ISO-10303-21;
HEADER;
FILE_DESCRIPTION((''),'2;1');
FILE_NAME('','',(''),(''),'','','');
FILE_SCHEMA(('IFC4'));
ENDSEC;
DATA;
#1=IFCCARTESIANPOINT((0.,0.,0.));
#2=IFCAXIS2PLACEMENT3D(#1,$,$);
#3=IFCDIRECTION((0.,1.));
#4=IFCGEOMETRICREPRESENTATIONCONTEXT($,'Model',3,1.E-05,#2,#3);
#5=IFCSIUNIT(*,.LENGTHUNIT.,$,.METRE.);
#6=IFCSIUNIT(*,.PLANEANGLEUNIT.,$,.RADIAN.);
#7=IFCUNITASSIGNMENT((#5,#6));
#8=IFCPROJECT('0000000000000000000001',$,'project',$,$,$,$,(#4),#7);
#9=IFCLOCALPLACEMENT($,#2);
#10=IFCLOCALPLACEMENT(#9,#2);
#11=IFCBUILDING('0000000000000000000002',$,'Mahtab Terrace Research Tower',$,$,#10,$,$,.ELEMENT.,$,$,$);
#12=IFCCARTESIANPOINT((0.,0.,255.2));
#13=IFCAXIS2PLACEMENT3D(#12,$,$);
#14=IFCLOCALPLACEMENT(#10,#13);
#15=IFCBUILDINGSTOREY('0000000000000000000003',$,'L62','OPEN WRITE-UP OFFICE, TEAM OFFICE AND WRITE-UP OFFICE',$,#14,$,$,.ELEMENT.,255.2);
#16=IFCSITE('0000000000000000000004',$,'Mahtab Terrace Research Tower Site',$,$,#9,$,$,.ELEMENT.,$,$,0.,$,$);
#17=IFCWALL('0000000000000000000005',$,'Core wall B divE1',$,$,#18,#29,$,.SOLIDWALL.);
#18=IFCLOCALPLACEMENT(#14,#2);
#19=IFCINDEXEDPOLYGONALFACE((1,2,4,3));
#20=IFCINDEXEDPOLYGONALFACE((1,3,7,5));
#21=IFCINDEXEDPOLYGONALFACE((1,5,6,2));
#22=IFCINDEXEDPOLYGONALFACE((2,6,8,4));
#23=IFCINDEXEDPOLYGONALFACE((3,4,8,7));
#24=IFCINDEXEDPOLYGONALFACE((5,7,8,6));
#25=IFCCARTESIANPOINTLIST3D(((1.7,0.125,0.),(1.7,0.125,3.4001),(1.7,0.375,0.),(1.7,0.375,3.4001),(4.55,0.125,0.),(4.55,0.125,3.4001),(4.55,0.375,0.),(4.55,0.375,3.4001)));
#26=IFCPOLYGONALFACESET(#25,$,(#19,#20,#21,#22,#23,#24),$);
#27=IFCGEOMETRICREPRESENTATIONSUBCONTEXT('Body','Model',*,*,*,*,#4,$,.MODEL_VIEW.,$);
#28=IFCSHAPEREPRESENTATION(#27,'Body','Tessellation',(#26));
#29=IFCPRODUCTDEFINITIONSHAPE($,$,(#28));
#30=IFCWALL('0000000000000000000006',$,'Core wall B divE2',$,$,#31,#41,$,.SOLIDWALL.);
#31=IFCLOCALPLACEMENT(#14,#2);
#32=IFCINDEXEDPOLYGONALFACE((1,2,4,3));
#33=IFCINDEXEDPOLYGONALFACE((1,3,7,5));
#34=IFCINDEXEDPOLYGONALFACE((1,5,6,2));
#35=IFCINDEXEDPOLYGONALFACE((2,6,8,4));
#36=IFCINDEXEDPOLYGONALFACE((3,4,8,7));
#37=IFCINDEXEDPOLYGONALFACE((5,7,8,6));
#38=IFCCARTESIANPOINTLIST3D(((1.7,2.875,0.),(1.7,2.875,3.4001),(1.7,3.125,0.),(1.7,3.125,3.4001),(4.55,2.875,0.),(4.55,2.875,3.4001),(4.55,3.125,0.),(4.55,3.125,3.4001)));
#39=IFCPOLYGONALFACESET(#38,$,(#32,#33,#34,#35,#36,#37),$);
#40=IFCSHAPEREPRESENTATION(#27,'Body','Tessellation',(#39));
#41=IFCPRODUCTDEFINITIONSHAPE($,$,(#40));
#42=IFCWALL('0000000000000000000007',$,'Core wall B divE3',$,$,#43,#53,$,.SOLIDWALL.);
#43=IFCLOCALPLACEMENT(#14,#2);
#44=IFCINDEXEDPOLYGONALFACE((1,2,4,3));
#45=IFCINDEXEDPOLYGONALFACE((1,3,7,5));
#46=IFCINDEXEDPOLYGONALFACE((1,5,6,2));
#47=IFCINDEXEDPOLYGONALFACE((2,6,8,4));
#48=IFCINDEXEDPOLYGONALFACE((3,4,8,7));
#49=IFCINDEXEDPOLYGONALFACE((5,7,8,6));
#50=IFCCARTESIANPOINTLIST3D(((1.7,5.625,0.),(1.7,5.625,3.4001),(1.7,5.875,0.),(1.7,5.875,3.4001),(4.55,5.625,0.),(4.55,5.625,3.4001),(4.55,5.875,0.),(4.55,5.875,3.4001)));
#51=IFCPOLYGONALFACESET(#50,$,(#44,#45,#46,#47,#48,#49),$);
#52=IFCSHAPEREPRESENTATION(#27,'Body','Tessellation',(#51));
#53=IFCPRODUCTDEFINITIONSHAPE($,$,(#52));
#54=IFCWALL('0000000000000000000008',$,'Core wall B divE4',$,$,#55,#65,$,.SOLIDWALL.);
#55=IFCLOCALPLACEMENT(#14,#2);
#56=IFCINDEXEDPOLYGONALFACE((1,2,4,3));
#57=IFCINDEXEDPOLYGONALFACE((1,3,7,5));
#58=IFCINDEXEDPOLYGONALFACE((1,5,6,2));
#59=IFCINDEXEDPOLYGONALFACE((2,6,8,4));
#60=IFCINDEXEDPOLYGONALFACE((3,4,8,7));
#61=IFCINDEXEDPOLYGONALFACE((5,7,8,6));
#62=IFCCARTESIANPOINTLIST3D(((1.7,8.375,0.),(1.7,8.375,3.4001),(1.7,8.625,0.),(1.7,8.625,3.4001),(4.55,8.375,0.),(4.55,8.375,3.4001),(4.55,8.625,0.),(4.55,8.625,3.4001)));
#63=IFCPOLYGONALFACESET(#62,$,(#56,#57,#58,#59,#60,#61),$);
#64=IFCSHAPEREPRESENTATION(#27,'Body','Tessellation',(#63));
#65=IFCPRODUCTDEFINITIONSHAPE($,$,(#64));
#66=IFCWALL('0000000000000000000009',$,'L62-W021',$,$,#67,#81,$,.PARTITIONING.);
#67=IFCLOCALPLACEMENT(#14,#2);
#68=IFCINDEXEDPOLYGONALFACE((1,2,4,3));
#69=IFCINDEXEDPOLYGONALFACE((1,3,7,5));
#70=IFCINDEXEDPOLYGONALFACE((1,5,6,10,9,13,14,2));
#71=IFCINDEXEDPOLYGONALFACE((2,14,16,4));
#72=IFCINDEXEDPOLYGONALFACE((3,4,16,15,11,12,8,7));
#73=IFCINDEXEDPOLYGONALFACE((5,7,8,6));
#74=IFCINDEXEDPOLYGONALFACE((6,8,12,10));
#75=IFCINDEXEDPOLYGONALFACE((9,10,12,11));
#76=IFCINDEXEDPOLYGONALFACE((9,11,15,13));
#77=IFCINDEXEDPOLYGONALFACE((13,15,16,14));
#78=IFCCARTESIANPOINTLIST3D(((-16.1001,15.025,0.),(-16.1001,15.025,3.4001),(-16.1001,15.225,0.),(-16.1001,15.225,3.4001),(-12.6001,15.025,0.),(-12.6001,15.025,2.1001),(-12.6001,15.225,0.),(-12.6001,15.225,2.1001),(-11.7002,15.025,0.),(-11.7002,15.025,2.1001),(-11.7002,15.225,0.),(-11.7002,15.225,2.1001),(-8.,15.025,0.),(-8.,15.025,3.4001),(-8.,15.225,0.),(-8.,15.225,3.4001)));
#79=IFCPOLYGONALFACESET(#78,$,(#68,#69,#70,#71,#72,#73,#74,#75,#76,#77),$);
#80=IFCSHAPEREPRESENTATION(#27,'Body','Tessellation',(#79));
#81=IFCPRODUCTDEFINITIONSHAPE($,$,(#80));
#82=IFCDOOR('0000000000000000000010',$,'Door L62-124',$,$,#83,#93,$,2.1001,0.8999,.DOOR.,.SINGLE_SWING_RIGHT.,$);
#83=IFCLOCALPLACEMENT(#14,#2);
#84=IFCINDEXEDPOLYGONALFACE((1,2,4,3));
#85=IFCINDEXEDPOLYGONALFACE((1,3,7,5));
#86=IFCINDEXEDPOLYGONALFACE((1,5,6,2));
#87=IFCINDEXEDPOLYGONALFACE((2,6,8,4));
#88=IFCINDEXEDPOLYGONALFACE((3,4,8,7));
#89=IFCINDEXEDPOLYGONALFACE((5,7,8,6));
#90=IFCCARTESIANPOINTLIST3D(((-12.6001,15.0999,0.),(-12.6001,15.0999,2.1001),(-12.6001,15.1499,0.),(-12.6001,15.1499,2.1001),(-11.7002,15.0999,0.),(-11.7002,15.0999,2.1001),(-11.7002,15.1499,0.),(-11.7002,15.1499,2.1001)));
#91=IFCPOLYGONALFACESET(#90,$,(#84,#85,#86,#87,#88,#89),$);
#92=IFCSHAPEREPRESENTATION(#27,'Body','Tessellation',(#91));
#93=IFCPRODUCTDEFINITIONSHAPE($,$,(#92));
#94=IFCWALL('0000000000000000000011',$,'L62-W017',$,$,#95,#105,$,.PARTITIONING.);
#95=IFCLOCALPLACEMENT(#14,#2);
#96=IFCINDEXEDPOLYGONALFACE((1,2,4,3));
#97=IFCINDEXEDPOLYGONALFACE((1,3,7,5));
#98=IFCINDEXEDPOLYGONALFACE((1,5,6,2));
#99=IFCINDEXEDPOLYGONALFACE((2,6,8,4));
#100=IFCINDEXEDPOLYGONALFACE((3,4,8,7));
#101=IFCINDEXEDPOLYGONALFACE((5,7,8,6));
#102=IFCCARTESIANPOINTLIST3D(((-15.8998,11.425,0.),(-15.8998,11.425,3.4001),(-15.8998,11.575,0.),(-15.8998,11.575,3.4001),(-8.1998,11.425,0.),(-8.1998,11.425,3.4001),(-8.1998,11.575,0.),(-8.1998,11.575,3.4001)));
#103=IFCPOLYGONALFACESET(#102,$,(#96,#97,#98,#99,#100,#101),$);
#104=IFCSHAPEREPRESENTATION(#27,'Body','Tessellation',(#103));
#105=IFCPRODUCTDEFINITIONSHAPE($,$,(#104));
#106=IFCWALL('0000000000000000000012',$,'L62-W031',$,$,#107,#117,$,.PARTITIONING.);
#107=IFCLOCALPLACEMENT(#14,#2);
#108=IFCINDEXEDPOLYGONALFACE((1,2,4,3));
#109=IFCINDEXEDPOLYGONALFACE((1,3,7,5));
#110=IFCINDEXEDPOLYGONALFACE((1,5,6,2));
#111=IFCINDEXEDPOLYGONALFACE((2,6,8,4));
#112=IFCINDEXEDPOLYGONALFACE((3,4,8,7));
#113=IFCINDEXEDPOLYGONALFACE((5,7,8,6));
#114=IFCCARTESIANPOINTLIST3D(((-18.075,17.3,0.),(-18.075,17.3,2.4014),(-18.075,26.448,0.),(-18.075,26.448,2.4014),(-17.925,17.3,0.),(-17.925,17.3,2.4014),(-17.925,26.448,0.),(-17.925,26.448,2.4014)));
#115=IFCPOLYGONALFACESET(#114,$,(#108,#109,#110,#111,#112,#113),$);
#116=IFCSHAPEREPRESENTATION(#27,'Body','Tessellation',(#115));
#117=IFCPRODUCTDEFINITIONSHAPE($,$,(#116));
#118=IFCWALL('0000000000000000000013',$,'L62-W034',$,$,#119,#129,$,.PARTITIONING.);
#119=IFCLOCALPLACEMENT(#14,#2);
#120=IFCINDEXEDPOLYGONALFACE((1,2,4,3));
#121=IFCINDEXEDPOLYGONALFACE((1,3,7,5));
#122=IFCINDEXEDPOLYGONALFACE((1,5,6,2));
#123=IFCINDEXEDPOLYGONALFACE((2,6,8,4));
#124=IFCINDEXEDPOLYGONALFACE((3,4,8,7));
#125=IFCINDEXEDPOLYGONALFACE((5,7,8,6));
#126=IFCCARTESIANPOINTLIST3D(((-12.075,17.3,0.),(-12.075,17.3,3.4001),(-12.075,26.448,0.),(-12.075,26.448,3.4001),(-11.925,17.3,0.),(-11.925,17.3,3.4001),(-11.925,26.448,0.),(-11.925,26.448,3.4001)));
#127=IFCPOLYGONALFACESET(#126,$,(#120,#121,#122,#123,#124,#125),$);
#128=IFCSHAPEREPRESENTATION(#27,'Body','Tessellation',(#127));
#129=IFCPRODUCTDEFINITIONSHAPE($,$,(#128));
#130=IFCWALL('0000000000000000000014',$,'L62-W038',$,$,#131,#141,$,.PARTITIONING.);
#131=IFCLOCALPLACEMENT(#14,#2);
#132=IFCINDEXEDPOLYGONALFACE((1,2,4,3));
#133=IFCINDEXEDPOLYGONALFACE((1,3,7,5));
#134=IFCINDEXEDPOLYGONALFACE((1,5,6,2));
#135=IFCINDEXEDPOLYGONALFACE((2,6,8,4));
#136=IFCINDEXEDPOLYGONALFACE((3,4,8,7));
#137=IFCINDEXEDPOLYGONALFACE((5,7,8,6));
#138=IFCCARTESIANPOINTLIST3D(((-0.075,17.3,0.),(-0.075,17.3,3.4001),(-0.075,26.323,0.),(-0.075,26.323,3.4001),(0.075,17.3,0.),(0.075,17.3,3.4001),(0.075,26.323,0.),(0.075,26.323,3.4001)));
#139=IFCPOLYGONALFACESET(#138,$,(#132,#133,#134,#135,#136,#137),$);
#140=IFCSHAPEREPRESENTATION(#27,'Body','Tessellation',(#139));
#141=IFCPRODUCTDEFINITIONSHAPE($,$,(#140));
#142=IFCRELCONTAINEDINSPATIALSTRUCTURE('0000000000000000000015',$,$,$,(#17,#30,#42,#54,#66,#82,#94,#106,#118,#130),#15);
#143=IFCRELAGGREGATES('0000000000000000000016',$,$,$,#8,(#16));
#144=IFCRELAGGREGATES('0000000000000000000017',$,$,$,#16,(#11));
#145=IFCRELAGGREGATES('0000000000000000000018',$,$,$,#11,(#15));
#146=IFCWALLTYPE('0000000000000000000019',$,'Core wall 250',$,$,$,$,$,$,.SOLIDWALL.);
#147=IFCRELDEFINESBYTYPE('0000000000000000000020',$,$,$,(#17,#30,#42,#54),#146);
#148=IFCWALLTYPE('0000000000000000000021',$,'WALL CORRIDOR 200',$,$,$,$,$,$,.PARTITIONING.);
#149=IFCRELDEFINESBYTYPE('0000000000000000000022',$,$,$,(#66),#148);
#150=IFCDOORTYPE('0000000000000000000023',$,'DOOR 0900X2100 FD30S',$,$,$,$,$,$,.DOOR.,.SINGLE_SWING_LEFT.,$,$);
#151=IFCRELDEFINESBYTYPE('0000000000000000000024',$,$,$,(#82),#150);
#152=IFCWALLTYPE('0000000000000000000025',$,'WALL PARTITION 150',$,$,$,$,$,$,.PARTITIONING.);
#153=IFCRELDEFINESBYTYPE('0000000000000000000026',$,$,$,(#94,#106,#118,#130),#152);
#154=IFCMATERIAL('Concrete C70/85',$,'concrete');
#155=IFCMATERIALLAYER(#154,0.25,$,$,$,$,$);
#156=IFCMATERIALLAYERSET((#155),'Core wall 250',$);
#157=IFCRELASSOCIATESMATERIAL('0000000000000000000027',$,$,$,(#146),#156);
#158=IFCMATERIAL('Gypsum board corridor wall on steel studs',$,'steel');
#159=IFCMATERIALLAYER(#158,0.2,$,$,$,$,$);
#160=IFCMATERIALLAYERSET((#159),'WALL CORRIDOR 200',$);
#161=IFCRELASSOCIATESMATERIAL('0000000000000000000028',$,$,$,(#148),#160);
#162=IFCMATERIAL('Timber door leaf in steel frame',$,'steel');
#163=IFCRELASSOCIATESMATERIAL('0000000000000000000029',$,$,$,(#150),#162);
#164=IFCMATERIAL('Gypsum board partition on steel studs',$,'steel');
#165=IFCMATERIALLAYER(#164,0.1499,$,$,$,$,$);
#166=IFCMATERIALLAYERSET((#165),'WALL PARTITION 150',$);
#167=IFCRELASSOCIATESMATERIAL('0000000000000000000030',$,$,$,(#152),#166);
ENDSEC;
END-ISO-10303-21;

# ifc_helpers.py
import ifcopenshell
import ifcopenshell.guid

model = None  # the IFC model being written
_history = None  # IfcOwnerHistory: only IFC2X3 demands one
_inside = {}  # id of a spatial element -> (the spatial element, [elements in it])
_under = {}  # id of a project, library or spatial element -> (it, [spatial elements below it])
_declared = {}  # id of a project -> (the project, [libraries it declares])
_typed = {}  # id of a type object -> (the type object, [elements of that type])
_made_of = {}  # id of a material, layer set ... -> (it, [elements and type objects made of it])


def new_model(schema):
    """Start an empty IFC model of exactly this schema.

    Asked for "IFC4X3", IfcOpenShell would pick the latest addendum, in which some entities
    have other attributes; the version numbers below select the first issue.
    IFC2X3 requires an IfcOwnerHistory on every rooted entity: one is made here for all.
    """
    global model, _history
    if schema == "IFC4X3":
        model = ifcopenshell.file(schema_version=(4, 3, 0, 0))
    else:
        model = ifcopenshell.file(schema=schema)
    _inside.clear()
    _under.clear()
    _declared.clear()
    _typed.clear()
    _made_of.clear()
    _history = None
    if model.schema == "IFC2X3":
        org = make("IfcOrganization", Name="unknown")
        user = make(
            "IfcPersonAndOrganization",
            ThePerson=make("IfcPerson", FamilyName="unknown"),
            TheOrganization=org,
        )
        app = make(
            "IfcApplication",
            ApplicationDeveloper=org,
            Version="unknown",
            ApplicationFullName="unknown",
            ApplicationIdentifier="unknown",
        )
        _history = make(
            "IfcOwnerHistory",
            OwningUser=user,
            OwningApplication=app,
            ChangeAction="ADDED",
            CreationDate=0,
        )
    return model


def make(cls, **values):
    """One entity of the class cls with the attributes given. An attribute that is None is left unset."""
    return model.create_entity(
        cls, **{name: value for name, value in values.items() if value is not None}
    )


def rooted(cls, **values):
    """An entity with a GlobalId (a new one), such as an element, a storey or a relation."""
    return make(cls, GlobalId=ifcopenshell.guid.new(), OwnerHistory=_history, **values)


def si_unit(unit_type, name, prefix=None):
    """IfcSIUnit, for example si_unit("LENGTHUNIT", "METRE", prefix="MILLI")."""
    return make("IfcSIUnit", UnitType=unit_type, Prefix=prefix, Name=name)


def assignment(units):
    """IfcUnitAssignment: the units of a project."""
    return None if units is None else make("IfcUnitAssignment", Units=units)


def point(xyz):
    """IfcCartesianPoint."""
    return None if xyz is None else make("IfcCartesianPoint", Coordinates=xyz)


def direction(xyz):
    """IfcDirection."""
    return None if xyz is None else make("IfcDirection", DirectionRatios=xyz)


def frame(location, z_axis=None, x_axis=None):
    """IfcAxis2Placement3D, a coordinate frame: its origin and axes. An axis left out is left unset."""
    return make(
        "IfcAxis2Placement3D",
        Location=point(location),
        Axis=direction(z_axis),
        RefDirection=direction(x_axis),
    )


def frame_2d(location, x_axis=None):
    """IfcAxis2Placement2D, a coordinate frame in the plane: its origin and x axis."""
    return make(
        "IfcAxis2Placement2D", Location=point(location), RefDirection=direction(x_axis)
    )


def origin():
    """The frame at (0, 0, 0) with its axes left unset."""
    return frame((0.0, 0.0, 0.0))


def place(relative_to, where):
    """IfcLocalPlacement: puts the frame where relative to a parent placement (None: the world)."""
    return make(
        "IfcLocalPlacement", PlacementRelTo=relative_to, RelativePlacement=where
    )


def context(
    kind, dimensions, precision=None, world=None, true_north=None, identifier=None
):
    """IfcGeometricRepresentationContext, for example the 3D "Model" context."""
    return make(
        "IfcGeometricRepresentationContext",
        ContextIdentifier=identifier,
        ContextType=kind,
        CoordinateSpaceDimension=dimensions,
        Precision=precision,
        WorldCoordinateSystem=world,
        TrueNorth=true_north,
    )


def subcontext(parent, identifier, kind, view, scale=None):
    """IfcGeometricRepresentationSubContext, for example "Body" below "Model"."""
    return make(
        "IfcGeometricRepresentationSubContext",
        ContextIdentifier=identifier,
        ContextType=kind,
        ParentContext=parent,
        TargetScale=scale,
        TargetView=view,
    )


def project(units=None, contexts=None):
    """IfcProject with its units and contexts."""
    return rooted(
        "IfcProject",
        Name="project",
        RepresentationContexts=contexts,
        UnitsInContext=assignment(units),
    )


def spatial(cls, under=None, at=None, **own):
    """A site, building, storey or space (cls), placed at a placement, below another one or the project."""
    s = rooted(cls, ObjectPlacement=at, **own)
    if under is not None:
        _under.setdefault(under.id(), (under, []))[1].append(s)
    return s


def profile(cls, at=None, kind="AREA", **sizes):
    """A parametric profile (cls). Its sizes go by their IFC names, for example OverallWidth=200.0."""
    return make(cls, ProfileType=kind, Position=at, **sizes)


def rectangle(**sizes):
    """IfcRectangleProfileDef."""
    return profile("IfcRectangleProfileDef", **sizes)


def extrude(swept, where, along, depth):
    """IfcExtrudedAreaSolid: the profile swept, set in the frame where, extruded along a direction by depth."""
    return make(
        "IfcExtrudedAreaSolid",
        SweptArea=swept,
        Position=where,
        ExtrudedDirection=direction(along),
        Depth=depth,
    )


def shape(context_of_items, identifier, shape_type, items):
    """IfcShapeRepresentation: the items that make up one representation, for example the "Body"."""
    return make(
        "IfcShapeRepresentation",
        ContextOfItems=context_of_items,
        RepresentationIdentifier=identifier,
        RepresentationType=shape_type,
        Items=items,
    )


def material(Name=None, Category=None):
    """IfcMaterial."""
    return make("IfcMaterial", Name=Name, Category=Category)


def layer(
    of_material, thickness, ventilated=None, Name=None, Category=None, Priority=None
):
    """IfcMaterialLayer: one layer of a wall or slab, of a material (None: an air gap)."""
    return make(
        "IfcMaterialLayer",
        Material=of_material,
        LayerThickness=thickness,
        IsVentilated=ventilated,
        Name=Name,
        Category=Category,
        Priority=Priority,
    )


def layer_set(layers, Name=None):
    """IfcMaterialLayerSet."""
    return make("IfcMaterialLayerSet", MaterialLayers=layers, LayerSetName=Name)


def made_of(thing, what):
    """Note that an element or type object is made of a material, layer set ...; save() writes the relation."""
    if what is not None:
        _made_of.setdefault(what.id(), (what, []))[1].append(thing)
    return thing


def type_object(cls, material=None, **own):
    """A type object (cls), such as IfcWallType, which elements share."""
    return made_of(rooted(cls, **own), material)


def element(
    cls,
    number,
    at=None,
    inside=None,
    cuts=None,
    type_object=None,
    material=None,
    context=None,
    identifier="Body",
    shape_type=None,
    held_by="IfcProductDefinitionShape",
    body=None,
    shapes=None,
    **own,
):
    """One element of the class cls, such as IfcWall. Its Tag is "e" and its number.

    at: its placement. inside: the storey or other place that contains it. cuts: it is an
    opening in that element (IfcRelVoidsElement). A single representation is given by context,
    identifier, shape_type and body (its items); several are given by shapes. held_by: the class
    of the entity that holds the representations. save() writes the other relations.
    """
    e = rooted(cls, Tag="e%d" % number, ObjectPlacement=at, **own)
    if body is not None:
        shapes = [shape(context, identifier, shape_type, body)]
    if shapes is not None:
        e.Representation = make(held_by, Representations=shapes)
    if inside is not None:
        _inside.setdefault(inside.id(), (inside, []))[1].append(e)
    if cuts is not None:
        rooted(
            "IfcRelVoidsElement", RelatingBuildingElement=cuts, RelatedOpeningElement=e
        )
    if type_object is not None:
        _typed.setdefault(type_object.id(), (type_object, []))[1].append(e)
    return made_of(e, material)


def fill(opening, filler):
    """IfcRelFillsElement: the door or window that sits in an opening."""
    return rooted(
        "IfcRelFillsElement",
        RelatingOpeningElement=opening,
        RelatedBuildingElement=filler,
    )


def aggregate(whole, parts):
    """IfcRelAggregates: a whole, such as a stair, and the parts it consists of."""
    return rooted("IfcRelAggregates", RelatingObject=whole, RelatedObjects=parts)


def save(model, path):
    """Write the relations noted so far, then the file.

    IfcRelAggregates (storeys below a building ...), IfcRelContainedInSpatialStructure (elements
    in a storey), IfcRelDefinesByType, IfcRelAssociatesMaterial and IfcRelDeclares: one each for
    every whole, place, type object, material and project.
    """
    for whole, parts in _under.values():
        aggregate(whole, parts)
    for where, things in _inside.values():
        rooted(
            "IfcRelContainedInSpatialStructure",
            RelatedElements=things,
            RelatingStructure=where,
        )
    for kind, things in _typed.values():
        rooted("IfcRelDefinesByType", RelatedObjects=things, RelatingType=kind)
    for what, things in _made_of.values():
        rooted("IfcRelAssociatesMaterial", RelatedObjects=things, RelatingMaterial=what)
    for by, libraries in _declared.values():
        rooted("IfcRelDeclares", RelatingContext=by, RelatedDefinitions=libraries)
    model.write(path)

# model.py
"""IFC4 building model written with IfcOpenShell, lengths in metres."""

from ifc_helpers import new_model, si_unit, direction, frame, frame_2d, origin, place, context, subcontext, project, spatial, rectangle, extrude, material, layer, layer_set, type_object, element, fill, save


model = new_model("IFC4")

# Units and contexts
model_context = context("Model", 3, precision=1e-05, world=origin(), true_north=direction((0.0, 1.0)))
body_context = subcontext(model_context, "Body", "Model", "MODEL_VIEW")
ifc_project = project(units=[si_unit("LENGTHUNIT", "METRE"), si_unit("PLANEANGLEUNIT", "RADIAN")], contexts=[model_context])

# Site, building, storey
site_placement = place(None, origin())
site = spatial("IfcSite", under=ifc_project, at=site_placement, Name="Mahtab Terrace Research Tower Site", CompositionType="ELEMENT", RefElevation=0.0)
building_placement = place(site_placement, origin())
building = spatial("IfcBuilding", under=site, at=building_placement, Name="Mahtab Terrace Research Tower", CompositionType="ELEMENT")
storey_placement = place(building_placement, frame((0.0, 0.0, 255.2)))
storey = spatial("IfcBuildingStorey", under=building, at=storey_placement, Name="L62", Description="OPEN WRITE-UP OFFICE, TEAM OFFICE AND WRITE-UP OFFICE", CompositionType="ELEMENT", Elevation=255.2)

# Shared definitions
ifc_material_1 = material(Name="Concrete C70/85", Category="concrete")

# Shared definitions
ifc_layer_1 = layer(ifc_material_1, 0.25)
ifc_layer_set_1 = layer_set([ifc_layer_1], Name="Core wall 250")
wall_type_1 = type_object("IfcWallType", Name="Core wall 250", PredefinedType="SOLIDWALL", material=ifc_layer_set_1)

# Walls
for number, where, z_axis, x_axis, name in (
    (1, (1.7, 0.25, 0.0), (0.0, 0.0, 1.0), (1.0, 0.0, 0.0), "Core wall B divE1"),
    (2, (1.7, 3.0, 0.0), (0.0, 0.0, 1.0), (1.0, 0.0, 0.0), "Core wall B divE2"),
    (3, (1.7, 5.75, 0.0), (0.0, 0.0, 1.0), (1.0, 0.0, 0.0), "Core wall B divE3"),
    (4, (1.7, 8.5, 0.0), (0.0, 0.0, 1.0), (1.0, 0.0, 0.0), "Core wall B divE4"),
):
    element("IfcWall", number, at=place(storey_placement, frame(where, z_axis=z_axis, x_axis=x_axis)), inside=storey, type_object=wall_type_1, Name=name, PredefinedType="SOLIDWALL", context=body_context, shape_type="SweptSolid", body=[
        extrude(rectangle(XDim=2.8501, YDim=0.25, at=frame_2d((1.425, 0.0))), origin(), (0.0, 0.0, 1.0), 3.4001),
    ])

# Wall, opening, door
ifc_material_2 = material(Name="Gypsum board corridor wall on steel studs", Category="steel")
ifc_layer_2 = layer(ifc_material_2, 0.2)
ifc_layer_set_2 = layer_set([ifc_layer_2], Name="WALL CORRIDOR 200")
wall_type_2 = type_object("IfcWallType", Name="WALL CORRIDOR 200", PredefinedType="PARTITIONING", material=ifc_layer_set_2)
wall_1_placement = place(storey_placement, frame((-16.1001, 15.125, 0.0), z_axis=(0.0, 0.0, 1.0), x_axis=(1.0, 0.0, 0.0)))
wall_1 = element("IfcWall", 5, at=wall_1_placement, inside=storey, type_object=wall_type_2, Name="L62-W021", PredefinedType="PARTITIONING", context=body_context, shape_type="SweptSolid", body=[
    extrude(rectangle(XDim=8.1001, YDim=0.2, at=frame_2d((4.05, 0.0))), origin(), (0.0, 0.0, 1.0), 3.4001),
])
opening_1_placement = place(wall_1_placement, frame((3.5, 0.0, 0.0)))
opening_1 = element("IfcOpeningElement", 6, at=opening_1_placement, cuts=wall_1, PredefinedType="OPENING", context=body_context, shape_type="SweptSolid", body=[
    extrude(rectangle(XDim=0.8999, YDim=2.1001, at=frame_2d((0.45, 1.05))), frame((0.0, 0.1099, 0.0), z_axis=(0.0, -1.0, 0.0), x_axis=(1.0, 0.0, 0.0)), (0.0, 0.0, 1.0), 0.22),
])
ifc_material_3 = material(Name="Timber door leaf in steel frame", Category="steel")
door_type_1 = type_object("IfcDoorType", Name="DOOR 0900X2100 FD30S", OperationType="SINGLE_SWING_LEFT", PredefinedType="DOOR", material=ifc_material_3)
door_1_placement = place(opening_1_placement, origin())
door_1 = element("IfcDoor", 7, at=door_1_placement, inside=storey, type_object=door_type_1, Name="Door L62-124", OperationType="SINGLE_SWING_RIGHT", OverallHeight=2.1001, OverallWidth=0.8999, PredefinedType="DOOR", context=body_context, shape_type="SweptSolid", body=[
    extrude(rectangle(XDim=0.8999, YDim=2.1001, at=frame_2d((0.45, 1.05))), frame((0.0, 0.0249, 0.0), z_axis=(0.0, -1.0, 0.0), x_axis=(1.0, 0.0, 0.0)), (0.0, 0.0, 1.0), 0.05),
])
fill(opening_1, door_1)

# Walls
ifc_material_4 = material(Name="Gypsum board partition on steel studs", Category="steel")
ifc_layer_3 = layer(ifc_material_4, 0.1499)
ifc_layer_set_3 = layer_set([ifc_layer_3], Name="WALL PARTITION 150")
wall_type_3 = type_object("IfcWallType", Name="WALL PARTITION 150", PredefinedType="PARTITIONING", material=ifc_layer_set_3)
wall_2_placement = place(storey_placement, frame((-15.8999, 11.5, 0.0), z_axis=(0.0, 0.0, 1.0), x_axis=(1.0, 0.0, 0.0)))
element("IfcWall", 8, at=wall_2_placement, inside=storey, type_object=wall_type_3, Name="L62-W017", PredefinedType="PARTITIONING", context=body_context, shape_type="SweptSolid", body=[
    extrude(rectangle(XDim=7.7, YDim=0.1499, at=frame_2d((3.8501, 0.0))), origin(), (0.0, 0.0, 1.0), 3.4001),
])
wall_3_placement = place(storey_placement, frame((-18.0, 17.3, 0.0), z_axis=(0.0, 0.0, 1.0), x_axis=(0.0, 1.0, 0.0)))
element("IfcWall", 9, at=wall_3_placement, inside=storey, type_object=wall_type_3, Name="L62-W031", PredefinedType="PARTITIONING", context=body_context, shape_type="SweptSolid", body=[
    extrude(rectangle(XDim=9.1479, YDim=0.1499, at=frame_2d((4.574, 0.0))), origin(), (0.0, 0.0, 1.0), 2.4014),
])
wall_4_placement = place(storey_placement, frame((-12.0, 17.3, 0.0), z_axis=(0.0, 0.0, 1.0), x_axis=(0.0, 1.0, 0.0)))
element("IfcWall", 10, at=wall_4_placement, inside=storey, type_object=wall_type_3, Name="L62-W034", PredefinedType="PARTITIONING", context=body_context, shape_type="SweptSolid", body=[
    extrude(rectangle(XDim=9.1479, YDim=0.1499, at=frame_2d((4.574, 0.0))), origin(), (0.0, 0.0, 1.0), 3.4001),
])
wall_5_placement = place(storey_placement, frame((0.0, 17.3, 0.0), z_axis=(0.0, 0.0, 1.0), x_axis=(0.0, 1.0, 0.0)))
element("IfcWall", 11, at=wall_5_placement, inside=storey, type_object=wall_type_3, Name="L62-W038", PredefinedType="PARTITIONING", context=body_context, shape_type="SweptSolid", body=[
    extrude(rectangle(XDim=9.0229, YDim=0.1499, at=frame_2d((4.5115, 0.0))), origin(), (0.0, 0.0, 1.0), 3.4001),
])

save(model, "model.ifc")
